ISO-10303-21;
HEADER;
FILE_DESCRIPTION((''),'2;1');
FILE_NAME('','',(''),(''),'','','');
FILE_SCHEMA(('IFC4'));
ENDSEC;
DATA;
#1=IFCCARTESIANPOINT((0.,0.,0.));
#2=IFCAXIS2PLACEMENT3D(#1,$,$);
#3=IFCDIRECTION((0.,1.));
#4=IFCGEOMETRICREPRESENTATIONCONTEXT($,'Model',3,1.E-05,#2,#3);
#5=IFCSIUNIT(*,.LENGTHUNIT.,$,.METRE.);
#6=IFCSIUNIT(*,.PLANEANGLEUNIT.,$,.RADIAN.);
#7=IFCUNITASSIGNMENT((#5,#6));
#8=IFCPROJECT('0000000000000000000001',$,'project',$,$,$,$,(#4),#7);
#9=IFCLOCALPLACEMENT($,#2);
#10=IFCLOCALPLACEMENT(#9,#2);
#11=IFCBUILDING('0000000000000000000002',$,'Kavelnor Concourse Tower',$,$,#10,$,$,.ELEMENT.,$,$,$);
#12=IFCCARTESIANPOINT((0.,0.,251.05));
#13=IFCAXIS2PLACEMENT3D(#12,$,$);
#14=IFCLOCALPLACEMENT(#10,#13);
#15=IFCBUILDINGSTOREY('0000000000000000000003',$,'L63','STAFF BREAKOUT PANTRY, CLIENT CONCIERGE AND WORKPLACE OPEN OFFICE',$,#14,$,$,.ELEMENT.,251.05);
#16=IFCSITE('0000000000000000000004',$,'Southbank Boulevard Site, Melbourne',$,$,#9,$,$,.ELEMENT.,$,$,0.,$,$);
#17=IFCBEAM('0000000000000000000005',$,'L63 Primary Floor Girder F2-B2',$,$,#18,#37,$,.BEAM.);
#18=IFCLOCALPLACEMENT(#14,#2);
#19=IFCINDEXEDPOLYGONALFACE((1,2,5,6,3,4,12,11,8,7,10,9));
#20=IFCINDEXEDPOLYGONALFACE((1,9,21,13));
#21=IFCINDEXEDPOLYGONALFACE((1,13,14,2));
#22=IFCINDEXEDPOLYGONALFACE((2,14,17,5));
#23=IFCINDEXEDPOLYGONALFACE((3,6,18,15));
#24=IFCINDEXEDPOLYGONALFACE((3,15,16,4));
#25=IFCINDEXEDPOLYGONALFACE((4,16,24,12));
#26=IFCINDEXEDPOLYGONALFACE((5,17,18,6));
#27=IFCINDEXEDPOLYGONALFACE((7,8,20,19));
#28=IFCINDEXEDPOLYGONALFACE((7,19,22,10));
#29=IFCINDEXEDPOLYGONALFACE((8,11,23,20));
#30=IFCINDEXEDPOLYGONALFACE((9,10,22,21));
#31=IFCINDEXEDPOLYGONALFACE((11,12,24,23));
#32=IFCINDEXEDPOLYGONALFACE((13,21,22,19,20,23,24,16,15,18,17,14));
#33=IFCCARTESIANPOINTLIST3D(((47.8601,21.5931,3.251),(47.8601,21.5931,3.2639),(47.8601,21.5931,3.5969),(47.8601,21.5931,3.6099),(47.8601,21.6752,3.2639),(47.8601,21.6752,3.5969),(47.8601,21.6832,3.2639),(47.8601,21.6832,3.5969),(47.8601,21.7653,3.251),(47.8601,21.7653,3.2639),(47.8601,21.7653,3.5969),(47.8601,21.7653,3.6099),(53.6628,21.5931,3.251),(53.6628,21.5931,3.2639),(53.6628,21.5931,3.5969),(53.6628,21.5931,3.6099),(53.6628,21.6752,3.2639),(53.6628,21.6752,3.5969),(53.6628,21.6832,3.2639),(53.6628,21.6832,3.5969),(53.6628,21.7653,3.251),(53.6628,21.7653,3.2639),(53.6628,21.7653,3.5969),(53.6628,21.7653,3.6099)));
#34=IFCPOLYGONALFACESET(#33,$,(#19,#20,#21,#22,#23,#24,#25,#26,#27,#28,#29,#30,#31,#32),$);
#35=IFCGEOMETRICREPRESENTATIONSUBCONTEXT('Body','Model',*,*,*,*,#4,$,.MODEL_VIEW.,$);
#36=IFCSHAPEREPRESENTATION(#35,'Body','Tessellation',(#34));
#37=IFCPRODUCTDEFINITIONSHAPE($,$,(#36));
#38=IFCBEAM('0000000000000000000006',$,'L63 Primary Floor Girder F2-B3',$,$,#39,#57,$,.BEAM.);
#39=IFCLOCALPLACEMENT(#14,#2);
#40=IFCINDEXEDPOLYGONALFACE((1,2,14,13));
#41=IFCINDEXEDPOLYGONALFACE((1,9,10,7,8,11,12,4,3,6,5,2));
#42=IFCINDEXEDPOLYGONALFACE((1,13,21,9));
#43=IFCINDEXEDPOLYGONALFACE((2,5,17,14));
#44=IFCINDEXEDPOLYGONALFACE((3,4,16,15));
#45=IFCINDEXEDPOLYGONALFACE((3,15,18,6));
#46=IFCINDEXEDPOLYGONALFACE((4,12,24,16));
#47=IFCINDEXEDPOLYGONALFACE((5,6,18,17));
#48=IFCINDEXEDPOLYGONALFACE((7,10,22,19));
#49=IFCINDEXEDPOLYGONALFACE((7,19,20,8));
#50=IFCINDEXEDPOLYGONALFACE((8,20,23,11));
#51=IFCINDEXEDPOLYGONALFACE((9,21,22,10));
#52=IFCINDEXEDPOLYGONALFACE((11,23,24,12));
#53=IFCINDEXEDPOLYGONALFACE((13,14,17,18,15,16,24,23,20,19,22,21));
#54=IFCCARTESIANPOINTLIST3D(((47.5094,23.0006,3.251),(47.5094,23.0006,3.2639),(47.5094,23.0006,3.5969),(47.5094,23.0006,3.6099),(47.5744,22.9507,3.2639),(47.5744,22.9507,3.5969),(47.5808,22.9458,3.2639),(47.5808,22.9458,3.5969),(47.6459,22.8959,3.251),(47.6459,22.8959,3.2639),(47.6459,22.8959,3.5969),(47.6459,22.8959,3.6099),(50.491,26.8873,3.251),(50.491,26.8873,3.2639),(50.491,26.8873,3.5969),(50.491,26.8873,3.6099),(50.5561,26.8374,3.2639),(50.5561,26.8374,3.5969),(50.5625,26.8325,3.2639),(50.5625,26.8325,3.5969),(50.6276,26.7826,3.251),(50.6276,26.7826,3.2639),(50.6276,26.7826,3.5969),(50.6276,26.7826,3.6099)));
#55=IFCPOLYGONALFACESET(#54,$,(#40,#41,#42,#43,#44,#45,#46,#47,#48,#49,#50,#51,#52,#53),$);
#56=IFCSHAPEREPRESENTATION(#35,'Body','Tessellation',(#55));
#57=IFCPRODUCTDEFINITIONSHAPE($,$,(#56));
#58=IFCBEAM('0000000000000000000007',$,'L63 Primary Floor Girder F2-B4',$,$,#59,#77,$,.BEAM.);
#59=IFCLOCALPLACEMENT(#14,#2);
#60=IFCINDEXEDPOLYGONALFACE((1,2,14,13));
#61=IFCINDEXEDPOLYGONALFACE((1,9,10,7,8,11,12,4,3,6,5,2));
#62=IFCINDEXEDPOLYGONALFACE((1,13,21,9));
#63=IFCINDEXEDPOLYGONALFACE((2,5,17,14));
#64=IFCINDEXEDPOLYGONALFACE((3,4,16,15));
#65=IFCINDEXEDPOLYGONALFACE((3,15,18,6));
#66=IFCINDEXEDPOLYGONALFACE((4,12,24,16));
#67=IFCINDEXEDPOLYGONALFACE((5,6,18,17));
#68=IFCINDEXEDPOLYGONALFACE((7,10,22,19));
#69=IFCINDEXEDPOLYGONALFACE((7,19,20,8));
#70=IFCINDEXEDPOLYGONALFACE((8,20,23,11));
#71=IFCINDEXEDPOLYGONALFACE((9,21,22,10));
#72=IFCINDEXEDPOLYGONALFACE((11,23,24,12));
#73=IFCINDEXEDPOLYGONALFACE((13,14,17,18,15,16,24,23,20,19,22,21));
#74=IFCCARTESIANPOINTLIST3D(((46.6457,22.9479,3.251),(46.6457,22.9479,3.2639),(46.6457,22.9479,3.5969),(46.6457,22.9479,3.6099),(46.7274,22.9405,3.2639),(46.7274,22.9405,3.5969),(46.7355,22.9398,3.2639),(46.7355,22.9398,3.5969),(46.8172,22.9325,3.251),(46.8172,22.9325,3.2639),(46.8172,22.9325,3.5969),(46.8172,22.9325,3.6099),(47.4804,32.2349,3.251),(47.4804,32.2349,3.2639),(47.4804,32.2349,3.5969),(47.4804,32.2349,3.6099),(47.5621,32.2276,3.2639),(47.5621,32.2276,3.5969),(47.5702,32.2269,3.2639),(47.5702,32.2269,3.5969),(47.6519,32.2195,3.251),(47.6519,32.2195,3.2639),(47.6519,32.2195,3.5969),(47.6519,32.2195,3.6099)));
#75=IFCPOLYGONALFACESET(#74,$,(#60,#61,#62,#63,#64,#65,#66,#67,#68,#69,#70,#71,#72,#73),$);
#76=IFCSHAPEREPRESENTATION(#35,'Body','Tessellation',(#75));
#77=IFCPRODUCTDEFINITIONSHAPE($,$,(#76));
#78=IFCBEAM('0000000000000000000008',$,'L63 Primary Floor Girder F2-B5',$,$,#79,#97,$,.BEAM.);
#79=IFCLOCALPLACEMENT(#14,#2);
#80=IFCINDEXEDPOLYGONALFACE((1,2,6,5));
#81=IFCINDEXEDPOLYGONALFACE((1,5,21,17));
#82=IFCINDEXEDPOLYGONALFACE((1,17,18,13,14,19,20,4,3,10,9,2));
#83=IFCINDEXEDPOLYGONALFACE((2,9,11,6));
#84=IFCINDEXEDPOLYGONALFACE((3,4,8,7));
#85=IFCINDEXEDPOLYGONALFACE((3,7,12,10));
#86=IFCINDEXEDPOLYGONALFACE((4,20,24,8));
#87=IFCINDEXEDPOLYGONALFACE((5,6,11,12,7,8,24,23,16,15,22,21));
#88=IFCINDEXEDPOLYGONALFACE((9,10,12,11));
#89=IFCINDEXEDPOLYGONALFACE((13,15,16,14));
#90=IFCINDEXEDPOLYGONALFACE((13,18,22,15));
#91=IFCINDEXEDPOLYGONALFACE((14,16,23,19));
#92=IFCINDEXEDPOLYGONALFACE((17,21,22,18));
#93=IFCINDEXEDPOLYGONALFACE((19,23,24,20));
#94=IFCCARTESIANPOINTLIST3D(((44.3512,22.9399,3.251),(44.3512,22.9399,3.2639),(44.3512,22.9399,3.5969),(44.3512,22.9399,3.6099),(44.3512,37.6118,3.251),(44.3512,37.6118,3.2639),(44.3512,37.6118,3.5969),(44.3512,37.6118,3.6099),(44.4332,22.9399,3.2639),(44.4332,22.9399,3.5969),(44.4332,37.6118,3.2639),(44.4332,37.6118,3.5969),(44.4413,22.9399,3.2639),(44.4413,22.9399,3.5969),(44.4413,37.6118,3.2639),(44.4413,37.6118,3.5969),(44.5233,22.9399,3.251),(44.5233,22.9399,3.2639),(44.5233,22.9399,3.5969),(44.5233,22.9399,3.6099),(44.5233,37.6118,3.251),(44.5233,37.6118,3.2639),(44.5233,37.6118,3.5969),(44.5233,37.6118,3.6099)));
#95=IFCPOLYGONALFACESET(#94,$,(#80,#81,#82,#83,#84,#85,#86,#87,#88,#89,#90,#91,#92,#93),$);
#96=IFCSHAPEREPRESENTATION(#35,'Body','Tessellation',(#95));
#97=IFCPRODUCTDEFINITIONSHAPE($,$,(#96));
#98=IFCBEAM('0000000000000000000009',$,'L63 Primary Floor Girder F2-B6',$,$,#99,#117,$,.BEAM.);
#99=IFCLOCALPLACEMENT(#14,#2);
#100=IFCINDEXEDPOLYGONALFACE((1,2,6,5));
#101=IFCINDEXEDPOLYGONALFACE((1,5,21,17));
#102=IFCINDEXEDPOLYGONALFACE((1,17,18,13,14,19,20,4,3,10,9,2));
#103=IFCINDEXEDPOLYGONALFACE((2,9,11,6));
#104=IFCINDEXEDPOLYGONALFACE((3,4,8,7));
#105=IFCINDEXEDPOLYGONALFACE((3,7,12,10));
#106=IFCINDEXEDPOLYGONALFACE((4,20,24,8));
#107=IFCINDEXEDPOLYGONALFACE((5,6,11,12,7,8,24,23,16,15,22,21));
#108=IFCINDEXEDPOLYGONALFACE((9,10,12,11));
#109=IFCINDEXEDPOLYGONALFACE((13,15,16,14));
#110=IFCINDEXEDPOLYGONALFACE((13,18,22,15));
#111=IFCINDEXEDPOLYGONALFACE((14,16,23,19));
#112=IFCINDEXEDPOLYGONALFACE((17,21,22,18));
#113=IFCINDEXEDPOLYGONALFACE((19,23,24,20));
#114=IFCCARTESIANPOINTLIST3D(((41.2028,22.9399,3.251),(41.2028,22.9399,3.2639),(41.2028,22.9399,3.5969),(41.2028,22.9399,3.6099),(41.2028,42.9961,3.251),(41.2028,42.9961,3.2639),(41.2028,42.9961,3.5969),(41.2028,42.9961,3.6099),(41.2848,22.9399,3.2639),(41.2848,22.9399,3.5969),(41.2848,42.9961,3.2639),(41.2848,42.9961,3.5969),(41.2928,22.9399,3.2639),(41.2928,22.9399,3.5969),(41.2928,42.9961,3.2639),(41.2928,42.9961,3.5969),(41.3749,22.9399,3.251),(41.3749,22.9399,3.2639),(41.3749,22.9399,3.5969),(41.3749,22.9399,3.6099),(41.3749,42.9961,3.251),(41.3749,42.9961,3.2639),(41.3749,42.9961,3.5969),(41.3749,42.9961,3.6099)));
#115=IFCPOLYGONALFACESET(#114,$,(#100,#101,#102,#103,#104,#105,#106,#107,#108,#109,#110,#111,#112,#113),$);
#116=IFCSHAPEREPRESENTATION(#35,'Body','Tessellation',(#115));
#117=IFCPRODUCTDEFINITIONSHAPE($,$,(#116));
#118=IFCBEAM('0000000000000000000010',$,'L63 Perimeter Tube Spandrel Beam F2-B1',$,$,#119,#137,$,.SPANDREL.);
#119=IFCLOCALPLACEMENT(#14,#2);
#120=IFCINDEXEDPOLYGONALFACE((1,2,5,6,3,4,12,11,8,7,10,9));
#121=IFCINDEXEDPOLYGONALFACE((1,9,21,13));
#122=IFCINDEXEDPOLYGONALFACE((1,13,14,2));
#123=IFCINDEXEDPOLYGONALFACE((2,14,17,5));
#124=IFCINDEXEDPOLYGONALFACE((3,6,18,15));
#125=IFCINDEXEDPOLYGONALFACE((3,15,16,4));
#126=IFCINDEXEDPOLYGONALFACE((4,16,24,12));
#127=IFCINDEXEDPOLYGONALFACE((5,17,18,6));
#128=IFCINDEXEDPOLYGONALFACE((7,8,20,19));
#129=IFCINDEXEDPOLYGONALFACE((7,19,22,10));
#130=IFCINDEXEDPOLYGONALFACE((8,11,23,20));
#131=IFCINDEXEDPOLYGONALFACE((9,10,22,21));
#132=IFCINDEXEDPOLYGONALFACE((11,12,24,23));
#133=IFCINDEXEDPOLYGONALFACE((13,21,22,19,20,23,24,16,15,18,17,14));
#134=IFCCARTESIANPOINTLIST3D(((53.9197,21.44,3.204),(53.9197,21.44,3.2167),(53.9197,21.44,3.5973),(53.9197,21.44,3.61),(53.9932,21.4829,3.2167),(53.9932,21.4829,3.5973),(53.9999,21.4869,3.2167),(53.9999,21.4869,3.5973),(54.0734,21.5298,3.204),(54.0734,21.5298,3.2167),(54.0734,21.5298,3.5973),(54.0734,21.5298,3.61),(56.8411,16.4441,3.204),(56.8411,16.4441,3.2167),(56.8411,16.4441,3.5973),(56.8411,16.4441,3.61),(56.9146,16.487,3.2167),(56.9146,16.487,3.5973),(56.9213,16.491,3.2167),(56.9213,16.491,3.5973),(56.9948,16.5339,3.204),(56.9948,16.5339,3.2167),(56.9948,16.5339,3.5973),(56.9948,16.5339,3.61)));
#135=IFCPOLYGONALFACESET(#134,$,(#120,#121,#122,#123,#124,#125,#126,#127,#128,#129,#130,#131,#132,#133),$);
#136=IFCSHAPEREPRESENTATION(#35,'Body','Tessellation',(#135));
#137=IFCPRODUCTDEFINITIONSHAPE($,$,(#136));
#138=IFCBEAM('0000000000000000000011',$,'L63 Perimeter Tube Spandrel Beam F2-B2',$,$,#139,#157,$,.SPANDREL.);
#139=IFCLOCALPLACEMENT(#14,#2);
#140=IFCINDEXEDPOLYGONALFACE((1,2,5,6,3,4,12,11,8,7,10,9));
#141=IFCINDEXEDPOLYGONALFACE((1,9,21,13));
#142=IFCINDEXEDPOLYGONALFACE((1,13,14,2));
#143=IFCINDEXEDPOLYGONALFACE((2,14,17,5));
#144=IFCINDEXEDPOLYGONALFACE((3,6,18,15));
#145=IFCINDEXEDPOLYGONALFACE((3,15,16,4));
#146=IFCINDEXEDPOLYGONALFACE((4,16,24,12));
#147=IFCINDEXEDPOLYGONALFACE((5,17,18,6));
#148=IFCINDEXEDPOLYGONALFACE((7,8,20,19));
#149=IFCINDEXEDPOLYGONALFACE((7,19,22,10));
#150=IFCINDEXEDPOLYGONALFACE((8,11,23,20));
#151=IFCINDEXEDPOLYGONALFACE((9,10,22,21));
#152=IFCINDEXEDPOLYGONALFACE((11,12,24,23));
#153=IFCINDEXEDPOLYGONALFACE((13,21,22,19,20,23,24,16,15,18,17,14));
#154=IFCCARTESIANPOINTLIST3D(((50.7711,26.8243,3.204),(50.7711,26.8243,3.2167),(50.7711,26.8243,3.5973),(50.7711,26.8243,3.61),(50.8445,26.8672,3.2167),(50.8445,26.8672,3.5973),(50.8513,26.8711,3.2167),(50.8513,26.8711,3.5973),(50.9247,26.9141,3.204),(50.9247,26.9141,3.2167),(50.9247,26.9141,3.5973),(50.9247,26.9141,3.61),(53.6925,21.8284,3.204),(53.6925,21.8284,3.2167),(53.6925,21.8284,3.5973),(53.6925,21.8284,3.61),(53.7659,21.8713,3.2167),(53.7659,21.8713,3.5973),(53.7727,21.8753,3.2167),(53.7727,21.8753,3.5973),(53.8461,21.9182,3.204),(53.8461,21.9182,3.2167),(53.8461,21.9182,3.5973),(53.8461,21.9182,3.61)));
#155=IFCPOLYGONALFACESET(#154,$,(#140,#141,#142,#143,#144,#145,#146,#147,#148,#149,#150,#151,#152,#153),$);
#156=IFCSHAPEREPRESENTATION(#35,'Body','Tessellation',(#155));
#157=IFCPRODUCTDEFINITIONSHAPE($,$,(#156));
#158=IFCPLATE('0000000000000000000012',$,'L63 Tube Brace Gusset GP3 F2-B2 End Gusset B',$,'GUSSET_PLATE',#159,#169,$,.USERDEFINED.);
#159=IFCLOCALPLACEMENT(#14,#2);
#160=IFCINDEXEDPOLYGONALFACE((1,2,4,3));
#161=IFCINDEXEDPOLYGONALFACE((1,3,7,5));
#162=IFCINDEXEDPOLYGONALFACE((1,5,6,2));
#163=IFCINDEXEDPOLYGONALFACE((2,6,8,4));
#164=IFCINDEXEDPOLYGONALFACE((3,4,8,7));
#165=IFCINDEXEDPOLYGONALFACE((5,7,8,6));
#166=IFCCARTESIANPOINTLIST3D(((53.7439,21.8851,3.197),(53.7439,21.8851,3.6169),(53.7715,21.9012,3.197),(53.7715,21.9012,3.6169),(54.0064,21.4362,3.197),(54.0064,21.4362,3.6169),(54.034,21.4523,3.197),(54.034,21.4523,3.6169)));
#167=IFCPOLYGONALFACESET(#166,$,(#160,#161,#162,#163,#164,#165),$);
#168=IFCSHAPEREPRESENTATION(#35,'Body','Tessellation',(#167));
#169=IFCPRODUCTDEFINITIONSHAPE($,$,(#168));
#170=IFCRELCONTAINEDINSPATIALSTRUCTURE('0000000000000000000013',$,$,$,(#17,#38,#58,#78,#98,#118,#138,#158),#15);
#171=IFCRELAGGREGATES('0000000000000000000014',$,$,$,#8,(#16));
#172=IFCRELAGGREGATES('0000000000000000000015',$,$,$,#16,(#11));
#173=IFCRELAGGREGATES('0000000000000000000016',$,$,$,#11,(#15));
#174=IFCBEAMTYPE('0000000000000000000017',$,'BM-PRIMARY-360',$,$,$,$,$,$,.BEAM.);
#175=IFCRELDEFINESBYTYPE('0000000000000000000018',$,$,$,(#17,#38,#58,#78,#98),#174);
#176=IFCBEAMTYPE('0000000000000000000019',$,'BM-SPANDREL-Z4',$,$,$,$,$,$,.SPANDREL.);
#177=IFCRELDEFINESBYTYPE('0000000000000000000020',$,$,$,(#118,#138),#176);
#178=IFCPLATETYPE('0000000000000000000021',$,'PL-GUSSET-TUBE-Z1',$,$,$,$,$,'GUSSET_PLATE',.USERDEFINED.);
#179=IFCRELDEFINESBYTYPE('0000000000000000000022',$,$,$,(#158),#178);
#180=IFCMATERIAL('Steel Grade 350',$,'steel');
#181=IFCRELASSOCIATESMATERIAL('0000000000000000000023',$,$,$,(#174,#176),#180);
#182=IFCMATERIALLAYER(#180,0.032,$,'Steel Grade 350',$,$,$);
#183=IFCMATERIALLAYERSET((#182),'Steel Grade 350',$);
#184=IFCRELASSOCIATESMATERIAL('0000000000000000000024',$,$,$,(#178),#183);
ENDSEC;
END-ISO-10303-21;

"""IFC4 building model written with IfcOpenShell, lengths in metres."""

from ifc_helpers import new_model, si_unit, direction, frame, origin, origin_2d, place, context, subcontext, project, spatial, rectangle, i_section, extrude, material, layer, layer_set, material_profile, profile_set, type_object, element, save


model = new_model("IFC4")

# Units and contexts
model_context = context("Model", 3, precision=1e-05, world=origin(), true_north=direction((0.0, 1.0)))
body_context = subcontext(model_context, "Body", "Model", "MODEL_VIEW")
ifc_project = project(units=[si_unit("LENGTHUNIT", "METRE"), si_unit("PLANEANGLEUNIT", "RADIAN")], contexts=[model_context])

# Site, building, storey
site_placement = place(None, origin())
site = spatial("IfcSite", under=ifc_project, at=site_placement, Name="Southbank Boulevard Site, Melbourne", CompositionType="ELEMENT", RefElevation=0.0)
building_placement = place(site_placement, origin())
building = spatial("IfcBuilding", under=site, at=building_placement, Name="Kavelnor Concourse Tower", CompositionType="ELEMENT")
storey_placement = place(building_placement, frame((0.0, 0.0, 251.05)))
storey = spatial("IfcBuildingStorey", under=building, at=storey_placement, Name="L63", Description="STAFF BREAKOUT PANTRY, CLIENT CONCIERGE AND WORKPLACE OPEN OFFICE", CompositionType="ELEMENT", Elevation=251.05)

# Shared definitions
ifc_material_1 = material(Name="Steel Grade 350", Category="steel")

# Beams
ifc_material_profile_1 = material_profile(ifc_material_1, i_section(OverallWidth=0.1721, OverallDepth=0.3589, WebThickness=0.0081, FlangeThickness=0.0129, at=origin_2d()), Name="360UB56")
ifc_profile_set_1 = profile_set([ifc_material_profile_1], Name="Steel Grade 350")
beam_type_1 = type_object("IfcBeamType", Name="BM-PRIMARY-360", PredefinedType="BEAM", material=ifc_profile_set_1)
beam_1_placement = place(storey_placement, frame((47.8601, 21.6792, 3.4304), z_axis=(1.0, 0.0, 0.0), x_axis=(0.0, 1.0, 0.0)))
element("IfcBeam", 1, at=beam_1_placement, inside=storey, type_object=beam_type_1, Name="L63 Primary Floor Girder F2-B2", PredefinedType="BEAM", context=body_context, shape_type="SweptSolid", body=[
    extrude(i_section(OverallWidth=0.1721, OverallDepth=0.3589, WebThickness=0.0081, FlangeThickness=0.0129, at=origin_2d()), origin(), (0.0, 0.0, 1.0), 5.8027),
])
beam_2_placement = place(storey_placement, frame((47.5776, 22.9482, 3.4304), z_axis=(0.608672, 0.793422, 0.0), x_axis=(-0.793422, 0.608672, 0.0)))
element("IfcBeam", 2, at=beam_2_placement, inside=storey, type_object=beam_type_1, Name="L63 Primary Floor Girder F2-B3", PredefinedType="BEAM", context=body_context, shape_type="SweptSolid", body=[
    extrude(i_section(OverallWidth=0.1721, OverallDepth=0.3589, WebThickness=0.0081, FlangeThickness=0.0129, at=origin_2d()), origin(), (0.0, 0.0, 1.0), 4.8987),
])
beam_3_placement = place(storey_placement, frame((46.7314, 22.9402, 3.4304), z_axis=(0.089518, 0.995985, 0.0), x_axis=(-0.995985, 0.089518, 0.0)))
element("IfcBeam", 3, at=beam_3_placement, inside=storey, type_object=beam_type_1, Name="L63 Primary Floor Girder F2-B4", PredefinedType="BEAM", context=body_context, shape_type="SweptSolid", body=[
    extrude(i_section(OverallWidth=0.1721, OverallDepth=0.3589, WebThickness=0.0081, FlangeThickness=0.0129, at=origin_2d()), origin(), (0.0, 0.0, 1.0), 9.3245),
])
beam_4_placement = place(storey_placement, frame((44.4373, 22.9399, 3.4304), z_axis=(0.0, 1.0, 0.0), x_axis=(-1.0, 0.0, 0.0)))
element("IfcBeam", 4, at=beam_4_placement, inside=storey, type_object=beam_type_1, Name="L63 Primary Floor Girder F2-B5", PredefinedType="BEAM", context=body_context, shape_type="SweptSolid", body=[
    extrude(i_section(OverallWidth=0.1721, OverallDepth=0.3589, WebThickness=0.0081, FlangeThickness=0.0129, at=origin_2d()), origin(), (0.0, 0.0, 1.0), 14.6719),
])
beam_5_placement = place(storey_placement, frame((41.2888, 22.9399, 3.4304), z_axis=(0.0, 1.0, 0.0), x_axis=(-1.0, 0.0, 0.0)))
element("IfcBeam", 5, at=beam_5_placement, inside=storey, type_object=beam_type_1, Name="L63 Primary Floor Girder F2-B6", PredefinedType="BEAM", context=body_context, shape_type="SweptSolid", body=[
    extrude(i_section(OverallWidth=0.1721, OverallDepth=0.3589, WebThickness=0.0081, FlangeThickness=0.0129, at=origin_2d()), origin(), (0.0, 0.0, 1.0), 20.0562),
])
ifc_material_profile_2 = material_profile(ifc_material_1, i_section(OverallWidth=0.178, OverallDepth=0.406, WebThickness=0.0078, FlangeThickness=0.0127, at=origin_2d()), Name="410UB59")
ifc_profile_set_2 = profile_set([ifc_material_profile_2], Name="Steel Grade 350")
beam_type_2 = type_object("IfcBeamType", Name="BM-SPANDREL-Z4", PredefinedType="SPANDREL", material=ifc_profile_set_2)
for number, where, z_axis, x_axis, name in (
    (6, (56.918, 16.489, 3.407), (-0.504791, 0.863241, 0.0), (-0.863241, -0.504791, 0.0), "L63 Perimeter Tube Spandrel Beam F2-B1"),
    (7, (53.7693, 21.8733, 3.407), (-0.504791, 0.863241, 0.0), (-0.863241, -0.504791, 0.0), "L63 Perimeter Tube Spandrel Beam F2-B2"),
):
    element("IfcBeam", number, at=place(storey_placement, frame(where, z_axis=z_axis, x_axis=x_axis)), inside=storey, type_object=beam_type_2, Name=name, PredefinedType="SPANDREL", context=body_context, shape_type="SweptSolid", body=[
        extrude(i_section(OverallWidth=0.178, OverallDepth=0.406, WebThickness=0.0078, FlangeThickness=0.0127, at=origin_2d()), origin(), (0.0, 0.0, 1.0), 5.7874),
    ])

# Plate
ifc_layer_1 = layer(ifc_material_1, 0.032, Name="Steel Grade 350")
ifc_layer_set_1 = layer_set([ifc_layer_1], Name="Steel Grade 350")
plate_type = type_object("IfcPlateType", Name="PL-GUSSET-TUBE-Z1", ElementType="GUSSET_PLATE", PredefinedType="USERDEFINED", material=ifc_layer_set_1)
plate_placement = place(storey_placement, frame((53.8889, 21.6687, 3.197), z_axis=(0.0, 0.0, 1.0), x_axis=(0.504829, -0.863219, 0.0)))
element("IfcPlate", 8, at=plate_placement, inside=storey, type_object=plate_type, Name="L63 Tube Brace Gusset GP3 F2-B2 End Gusset B", ObjectType="GUSSET_PLATE", PredefinedType="USERDEFINED", context=body_context, shape_type="SweptSolid", body=[
    extrude(rectangle(XDim=0.52, YDim=0.032, at=origin_2d()), origin(), (0.0, 0.0, 1.0), 0.4199),
])

save(model, "model.ifc")
